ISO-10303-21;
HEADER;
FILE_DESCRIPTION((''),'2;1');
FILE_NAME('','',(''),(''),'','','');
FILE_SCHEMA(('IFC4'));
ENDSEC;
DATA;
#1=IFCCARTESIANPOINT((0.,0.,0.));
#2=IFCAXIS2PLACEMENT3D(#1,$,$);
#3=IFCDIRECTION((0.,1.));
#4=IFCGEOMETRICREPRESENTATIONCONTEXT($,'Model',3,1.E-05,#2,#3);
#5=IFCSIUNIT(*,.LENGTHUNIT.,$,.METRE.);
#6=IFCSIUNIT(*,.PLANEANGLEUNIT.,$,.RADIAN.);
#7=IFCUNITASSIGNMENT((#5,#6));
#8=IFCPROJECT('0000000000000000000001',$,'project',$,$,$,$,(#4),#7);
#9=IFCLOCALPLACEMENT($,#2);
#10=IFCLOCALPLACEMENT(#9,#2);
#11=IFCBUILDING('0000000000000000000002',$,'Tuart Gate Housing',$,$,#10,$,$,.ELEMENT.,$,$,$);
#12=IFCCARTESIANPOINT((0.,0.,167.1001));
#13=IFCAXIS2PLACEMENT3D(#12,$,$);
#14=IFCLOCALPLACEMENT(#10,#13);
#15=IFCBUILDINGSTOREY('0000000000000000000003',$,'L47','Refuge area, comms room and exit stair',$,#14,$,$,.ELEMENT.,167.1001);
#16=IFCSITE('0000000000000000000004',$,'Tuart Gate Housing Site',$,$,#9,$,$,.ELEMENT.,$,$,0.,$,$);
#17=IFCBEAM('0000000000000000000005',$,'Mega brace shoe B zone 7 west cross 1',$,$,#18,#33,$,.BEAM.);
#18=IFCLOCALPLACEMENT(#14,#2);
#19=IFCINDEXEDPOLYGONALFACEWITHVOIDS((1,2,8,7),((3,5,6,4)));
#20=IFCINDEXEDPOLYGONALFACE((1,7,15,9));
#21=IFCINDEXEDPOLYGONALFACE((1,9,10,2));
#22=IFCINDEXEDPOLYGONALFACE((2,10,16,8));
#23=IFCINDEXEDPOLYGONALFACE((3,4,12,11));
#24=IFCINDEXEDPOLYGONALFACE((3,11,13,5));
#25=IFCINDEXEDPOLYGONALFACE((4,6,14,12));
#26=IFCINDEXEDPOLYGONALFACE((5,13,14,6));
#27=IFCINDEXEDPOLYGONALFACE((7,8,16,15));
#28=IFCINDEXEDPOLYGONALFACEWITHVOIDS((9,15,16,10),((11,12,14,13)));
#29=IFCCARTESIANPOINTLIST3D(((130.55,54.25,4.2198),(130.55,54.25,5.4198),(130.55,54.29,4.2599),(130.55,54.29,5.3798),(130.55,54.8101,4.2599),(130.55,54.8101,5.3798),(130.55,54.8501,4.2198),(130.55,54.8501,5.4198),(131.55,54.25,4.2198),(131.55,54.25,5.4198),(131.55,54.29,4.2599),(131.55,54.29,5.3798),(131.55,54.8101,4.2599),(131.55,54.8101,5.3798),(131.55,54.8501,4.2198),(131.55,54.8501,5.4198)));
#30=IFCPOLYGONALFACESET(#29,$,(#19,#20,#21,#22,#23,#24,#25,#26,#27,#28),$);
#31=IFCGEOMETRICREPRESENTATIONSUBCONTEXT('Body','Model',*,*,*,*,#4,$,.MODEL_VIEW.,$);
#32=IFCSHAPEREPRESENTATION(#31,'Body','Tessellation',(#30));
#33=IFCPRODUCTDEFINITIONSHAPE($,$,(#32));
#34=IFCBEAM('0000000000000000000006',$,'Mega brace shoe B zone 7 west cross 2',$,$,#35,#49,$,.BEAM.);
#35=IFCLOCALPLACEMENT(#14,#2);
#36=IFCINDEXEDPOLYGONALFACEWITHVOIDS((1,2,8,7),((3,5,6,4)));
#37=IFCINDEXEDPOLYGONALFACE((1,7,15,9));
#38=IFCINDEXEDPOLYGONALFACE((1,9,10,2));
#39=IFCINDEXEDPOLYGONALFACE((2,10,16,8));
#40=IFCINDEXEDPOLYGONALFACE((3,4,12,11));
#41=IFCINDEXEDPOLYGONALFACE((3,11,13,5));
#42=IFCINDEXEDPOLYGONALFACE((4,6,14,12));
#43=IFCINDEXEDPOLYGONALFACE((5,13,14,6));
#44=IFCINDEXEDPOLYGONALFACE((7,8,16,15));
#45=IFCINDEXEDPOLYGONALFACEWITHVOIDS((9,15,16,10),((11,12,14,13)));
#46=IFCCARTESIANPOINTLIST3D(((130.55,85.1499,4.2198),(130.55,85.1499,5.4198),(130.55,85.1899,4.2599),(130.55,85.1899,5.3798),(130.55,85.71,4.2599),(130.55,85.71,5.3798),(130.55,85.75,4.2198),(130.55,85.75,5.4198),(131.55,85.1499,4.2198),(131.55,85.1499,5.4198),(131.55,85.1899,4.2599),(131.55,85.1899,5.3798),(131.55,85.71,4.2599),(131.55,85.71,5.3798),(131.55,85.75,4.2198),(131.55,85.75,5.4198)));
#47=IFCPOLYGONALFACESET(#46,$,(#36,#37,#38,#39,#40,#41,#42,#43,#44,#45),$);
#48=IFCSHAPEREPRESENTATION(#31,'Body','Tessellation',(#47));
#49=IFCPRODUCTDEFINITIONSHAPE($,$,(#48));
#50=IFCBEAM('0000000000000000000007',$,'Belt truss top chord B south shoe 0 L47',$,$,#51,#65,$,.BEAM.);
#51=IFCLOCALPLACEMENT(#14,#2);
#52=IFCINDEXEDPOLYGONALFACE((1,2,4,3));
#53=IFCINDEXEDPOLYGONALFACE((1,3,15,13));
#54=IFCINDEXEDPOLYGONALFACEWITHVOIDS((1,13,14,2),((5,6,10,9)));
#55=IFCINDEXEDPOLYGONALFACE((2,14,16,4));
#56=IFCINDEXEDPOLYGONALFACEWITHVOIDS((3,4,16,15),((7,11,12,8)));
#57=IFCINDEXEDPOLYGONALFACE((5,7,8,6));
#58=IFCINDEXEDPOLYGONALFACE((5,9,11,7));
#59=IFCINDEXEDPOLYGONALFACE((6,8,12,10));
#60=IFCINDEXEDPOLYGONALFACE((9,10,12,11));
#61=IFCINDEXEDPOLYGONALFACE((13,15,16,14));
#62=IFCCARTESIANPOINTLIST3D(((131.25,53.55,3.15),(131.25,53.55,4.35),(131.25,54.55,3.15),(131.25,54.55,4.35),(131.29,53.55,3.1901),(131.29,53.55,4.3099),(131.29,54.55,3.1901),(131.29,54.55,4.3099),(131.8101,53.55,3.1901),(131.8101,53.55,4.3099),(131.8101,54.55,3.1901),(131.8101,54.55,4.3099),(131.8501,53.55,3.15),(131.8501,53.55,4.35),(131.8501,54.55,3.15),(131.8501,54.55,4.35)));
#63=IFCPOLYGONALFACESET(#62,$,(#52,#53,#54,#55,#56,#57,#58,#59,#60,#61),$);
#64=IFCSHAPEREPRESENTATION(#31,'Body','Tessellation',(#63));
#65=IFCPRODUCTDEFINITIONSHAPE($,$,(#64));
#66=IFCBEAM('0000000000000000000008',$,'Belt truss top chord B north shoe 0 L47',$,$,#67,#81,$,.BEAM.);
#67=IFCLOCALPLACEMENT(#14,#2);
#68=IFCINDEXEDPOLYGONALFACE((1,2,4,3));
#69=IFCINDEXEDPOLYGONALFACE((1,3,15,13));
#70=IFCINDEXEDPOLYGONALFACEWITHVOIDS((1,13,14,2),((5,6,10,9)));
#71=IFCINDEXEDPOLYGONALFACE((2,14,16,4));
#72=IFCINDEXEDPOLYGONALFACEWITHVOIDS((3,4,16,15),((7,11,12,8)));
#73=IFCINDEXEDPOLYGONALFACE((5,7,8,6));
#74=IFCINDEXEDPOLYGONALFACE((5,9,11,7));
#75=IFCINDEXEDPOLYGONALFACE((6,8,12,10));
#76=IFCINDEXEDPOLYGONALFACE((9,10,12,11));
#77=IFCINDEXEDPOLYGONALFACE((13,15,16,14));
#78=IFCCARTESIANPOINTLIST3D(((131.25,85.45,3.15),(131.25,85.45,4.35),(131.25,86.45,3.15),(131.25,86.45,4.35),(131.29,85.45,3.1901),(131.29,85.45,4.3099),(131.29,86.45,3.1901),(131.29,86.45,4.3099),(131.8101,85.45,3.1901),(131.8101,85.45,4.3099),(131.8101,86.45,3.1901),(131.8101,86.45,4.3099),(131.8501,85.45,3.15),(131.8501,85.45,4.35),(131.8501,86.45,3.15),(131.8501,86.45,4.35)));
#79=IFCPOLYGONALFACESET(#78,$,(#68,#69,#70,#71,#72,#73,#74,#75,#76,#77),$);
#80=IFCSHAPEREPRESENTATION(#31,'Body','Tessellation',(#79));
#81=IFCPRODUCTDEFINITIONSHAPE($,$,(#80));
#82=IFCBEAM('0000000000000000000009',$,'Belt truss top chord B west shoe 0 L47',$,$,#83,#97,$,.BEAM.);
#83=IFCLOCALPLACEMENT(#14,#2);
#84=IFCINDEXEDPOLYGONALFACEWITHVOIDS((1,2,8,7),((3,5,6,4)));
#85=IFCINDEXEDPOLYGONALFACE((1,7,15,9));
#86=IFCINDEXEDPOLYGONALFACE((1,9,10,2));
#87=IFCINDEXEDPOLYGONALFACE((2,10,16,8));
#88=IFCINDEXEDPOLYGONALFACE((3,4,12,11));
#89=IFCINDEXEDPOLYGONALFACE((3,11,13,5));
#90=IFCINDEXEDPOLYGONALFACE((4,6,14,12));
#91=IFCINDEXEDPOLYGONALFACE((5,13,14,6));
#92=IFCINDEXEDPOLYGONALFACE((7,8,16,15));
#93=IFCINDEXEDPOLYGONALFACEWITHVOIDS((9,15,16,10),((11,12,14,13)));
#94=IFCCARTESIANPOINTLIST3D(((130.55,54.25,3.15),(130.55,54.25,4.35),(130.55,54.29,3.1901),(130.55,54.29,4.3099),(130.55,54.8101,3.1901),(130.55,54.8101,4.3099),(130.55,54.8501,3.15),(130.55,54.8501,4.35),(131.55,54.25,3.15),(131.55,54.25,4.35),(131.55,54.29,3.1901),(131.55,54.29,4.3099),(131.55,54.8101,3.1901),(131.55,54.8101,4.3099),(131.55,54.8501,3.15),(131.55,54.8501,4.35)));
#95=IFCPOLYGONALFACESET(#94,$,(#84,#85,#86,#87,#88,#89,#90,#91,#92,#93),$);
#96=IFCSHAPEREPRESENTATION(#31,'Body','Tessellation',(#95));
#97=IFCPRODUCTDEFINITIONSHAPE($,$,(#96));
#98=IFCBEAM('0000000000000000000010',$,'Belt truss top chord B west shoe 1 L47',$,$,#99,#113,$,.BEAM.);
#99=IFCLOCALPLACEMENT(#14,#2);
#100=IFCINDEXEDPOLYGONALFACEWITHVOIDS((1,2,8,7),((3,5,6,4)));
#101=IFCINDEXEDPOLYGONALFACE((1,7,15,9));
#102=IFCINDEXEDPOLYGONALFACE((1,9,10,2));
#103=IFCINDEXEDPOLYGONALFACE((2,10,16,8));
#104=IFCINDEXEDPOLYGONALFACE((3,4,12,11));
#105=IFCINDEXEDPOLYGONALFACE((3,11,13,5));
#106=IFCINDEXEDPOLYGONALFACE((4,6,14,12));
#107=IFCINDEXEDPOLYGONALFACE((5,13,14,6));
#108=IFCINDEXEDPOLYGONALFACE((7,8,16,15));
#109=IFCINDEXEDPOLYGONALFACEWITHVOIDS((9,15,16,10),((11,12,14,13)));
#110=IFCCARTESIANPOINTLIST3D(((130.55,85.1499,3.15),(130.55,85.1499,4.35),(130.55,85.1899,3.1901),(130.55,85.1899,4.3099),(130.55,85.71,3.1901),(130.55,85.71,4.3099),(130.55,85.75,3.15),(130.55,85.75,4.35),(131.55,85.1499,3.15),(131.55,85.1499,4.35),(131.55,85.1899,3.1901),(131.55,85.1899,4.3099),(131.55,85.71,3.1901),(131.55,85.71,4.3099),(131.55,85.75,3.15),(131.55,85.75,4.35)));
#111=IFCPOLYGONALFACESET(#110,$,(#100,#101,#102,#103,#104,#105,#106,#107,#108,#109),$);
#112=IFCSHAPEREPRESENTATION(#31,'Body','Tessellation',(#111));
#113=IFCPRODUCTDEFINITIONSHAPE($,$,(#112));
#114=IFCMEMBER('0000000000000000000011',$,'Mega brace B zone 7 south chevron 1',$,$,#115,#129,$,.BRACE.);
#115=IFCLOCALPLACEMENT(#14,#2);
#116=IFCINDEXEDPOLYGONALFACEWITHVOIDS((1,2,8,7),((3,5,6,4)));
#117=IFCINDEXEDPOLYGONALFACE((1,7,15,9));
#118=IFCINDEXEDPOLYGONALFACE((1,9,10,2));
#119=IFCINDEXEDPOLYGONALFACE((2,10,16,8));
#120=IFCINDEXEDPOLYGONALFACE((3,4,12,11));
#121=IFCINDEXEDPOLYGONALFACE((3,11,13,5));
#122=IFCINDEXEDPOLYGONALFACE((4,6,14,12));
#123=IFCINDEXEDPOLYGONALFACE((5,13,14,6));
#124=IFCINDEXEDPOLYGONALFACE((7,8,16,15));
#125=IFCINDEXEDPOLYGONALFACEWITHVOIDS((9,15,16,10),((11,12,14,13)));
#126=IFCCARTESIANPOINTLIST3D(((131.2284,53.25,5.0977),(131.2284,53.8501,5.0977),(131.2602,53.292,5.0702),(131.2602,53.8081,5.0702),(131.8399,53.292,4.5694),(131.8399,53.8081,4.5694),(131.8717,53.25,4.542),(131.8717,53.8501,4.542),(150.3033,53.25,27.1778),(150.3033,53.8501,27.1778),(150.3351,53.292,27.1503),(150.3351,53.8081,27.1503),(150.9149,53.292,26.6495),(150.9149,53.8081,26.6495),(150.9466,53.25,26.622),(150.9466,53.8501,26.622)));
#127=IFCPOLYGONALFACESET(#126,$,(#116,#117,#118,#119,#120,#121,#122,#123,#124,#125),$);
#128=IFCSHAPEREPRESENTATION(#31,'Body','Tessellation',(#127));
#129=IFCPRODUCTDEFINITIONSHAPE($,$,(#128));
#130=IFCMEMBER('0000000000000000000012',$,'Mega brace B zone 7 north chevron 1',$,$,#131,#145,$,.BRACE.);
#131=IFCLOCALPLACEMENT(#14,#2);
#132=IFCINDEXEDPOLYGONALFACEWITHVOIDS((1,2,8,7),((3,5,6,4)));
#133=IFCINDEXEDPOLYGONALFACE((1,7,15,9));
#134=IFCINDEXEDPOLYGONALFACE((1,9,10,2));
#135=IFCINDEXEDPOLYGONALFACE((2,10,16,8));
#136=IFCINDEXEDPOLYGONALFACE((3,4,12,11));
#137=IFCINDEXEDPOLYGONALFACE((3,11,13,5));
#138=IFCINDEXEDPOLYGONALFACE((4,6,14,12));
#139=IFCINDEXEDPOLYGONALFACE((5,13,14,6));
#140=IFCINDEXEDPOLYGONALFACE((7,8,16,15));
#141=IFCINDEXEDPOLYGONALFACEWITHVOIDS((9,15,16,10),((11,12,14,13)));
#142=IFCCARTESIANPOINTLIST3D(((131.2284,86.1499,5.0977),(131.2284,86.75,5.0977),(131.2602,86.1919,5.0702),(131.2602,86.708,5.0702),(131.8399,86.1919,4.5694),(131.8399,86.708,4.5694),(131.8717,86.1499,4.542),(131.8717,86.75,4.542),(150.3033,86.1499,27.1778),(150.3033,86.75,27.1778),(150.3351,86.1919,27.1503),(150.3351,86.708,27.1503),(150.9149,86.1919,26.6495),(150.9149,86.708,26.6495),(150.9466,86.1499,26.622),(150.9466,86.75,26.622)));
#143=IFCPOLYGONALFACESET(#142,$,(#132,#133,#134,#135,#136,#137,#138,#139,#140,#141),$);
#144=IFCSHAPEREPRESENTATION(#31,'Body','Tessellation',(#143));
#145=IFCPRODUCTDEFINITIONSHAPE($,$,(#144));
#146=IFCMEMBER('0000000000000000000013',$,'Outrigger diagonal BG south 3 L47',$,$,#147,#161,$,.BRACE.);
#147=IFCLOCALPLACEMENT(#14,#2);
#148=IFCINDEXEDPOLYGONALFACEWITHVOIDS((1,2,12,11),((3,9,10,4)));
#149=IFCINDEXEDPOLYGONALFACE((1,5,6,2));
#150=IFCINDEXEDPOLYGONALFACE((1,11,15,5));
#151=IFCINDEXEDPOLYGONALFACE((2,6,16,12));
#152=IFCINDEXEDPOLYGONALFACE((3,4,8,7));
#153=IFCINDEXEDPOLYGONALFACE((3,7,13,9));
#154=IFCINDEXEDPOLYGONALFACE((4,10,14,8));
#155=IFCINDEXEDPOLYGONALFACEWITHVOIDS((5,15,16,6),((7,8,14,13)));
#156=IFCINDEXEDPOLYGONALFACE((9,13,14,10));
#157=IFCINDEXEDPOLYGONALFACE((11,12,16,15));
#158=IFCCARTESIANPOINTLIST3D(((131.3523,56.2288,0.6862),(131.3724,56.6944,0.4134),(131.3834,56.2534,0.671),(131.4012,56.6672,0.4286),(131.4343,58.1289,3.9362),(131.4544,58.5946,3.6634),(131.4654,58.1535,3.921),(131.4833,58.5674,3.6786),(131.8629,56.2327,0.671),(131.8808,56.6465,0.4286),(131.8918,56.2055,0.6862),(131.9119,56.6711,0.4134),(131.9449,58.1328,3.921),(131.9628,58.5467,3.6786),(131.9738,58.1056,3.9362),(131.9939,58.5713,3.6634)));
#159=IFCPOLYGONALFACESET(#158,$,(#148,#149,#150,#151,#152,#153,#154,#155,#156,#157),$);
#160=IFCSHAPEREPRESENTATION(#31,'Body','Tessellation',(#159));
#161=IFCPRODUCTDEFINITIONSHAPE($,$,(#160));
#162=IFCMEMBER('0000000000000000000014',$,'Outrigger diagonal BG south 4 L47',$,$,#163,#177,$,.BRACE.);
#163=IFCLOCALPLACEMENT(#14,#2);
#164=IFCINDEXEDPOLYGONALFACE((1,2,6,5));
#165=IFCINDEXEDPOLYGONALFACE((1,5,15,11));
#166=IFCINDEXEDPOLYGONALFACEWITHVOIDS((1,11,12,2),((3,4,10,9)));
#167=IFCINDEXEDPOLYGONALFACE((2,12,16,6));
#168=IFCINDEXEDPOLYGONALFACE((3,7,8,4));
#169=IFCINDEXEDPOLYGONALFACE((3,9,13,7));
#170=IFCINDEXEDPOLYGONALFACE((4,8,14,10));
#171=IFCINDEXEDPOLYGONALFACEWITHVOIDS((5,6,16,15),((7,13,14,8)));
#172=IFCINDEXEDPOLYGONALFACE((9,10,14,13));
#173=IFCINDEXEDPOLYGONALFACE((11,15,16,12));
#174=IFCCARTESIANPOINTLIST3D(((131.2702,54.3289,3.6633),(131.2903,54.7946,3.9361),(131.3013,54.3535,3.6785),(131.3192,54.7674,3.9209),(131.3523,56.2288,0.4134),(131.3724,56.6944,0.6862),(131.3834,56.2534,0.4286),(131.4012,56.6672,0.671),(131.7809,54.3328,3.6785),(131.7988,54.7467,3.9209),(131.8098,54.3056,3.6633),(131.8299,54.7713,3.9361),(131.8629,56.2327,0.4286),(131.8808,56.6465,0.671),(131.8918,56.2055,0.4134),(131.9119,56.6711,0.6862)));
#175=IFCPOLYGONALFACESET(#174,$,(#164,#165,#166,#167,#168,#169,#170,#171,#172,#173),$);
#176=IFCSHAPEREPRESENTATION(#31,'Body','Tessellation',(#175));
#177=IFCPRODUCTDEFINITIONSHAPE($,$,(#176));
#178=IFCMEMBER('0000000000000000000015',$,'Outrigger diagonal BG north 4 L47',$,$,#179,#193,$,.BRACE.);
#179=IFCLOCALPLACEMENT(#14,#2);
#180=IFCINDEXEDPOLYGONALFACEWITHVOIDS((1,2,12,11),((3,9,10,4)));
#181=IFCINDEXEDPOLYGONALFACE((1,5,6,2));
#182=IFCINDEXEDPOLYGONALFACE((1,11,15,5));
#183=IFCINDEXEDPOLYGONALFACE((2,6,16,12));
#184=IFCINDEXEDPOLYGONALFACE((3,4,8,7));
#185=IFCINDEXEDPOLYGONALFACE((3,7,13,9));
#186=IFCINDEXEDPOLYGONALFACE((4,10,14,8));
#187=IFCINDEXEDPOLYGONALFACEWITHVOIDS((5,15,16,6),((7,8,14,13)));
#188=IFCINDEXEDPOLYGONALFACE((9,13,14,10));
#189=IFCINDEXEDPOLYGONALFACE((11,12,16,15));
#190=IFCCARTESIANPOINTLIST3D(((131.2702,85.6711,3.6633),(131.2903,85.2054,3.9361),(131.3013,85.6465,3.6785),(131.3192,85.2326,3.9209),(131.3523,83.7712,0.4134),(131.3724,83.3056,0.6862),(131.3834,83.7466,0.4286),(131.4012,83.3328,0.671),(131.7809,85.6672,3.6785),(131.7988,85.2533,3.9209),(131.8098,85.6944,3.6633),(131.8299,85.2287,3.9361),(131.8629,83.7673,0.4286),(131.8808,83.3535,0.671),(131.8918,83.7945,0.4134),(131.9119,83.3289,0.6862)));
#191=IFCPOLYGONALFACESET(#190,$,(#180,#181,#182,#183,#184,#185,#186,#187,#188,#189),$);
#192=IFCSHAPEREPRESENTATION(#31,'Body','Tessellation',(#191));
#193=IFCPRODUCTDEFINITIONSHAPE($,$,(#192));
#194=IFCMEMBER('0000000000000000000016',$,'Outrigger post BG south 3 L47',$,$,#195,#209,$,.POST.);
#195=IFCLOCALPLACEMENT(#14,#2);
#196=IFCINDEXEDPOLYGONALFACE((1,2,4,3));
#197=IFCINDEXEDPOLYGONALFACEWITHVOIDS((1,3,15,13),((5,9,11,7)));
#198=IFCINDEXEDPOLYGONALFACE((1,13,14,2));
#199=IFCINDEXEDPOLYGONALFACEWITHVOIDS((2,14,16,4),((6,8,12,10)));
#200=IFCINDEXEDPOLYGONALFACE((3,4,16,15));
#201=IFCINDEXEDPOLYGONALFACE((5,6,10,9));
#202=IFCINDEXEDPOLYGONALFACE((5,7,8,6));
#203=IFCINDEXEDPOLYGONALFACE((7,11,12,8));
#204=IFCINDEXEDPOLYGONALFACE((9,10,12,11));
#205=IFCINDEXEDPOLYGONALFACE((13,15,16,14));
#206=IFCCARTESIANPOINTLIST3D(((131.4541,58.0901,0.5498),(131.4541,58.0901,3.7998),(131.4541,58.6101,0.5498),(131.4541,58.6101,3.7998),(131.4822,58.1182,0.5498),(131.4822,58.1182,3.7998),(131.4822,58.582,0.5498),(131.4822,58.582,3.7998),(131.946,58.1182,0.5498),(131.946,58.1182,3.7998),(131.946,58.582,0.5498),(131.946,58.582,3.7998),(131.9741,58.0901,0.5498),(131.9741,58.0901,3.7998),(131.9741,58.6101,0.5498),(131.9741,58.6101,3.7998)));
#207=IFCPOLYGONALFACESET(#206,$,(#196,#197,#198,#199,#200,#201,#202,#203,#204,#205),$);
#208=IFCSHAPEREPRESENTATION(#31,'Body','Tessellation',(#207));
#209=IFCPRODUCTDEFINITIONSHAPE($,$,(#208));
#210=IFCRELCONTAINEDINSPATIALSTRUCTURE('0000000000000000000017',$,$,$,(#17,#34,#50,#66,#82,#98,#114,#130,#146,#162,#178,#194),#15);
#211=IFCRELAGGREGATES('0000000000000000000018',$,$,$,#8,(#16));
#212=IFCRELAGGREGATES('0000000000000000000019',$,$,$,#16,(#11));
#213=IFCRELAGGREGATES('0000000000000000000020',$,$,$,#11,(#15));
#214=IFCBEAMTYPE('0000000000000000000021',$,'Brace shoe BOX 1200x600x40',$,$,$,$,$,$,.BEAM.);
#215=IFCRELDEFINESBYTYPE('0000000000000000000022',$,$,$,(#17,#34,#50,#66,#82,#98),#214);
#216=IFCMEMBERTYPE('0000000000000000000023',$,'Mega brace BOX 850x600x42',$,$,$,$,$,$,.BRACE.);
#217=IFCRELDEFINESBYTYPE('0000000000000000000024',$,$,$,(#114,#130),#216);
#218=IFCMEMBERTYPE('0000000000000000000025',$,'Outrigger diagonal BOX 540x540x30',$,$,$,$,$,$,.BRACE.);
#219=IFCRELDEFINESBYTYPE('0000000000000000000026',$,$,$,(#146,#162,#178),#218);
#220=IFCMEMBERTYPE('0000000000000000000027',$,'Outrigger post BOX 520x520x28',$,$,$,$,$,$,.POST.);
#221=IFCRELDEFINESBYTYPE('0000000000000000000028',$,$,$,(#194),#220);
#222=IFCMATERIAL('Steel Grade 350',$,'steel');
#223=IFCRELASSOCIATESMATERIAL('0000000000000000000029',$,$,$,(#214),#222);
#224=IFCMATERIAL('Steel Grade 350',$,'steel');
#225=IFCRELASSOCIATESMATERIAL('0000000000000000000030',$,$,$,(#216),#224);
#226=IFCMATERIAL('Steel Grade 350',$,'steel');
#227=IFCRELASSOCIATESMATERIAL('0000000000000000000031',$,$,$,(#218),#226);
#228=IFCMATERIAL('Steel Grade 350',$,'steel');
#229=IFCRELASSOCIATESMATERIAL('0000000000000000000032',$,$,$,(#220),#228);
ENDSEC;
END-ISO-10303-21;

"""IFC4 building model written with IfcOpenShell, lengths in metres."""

from ifc_helpers import new_model, si_unit, direction, frame, origin, origin_2d, place, context, subcontext, project, spatial, hollow_rectangle, extrude, material, material_profile, profile_set, type_object, element, save


model = new_model("IFC4")

# Units and contexts
model_context = context("Model", 3, precision=1e-05, world=origin(), true_north=direction((0.0, 1.0)))
body_context = subcontext(model_context, "Body", "Model", "MODEL_VIEW")
ifc_project = project(units=[si_unit("LENGTHUNIT", "METRE"), si_unit("PLANEANGLEUNIT", "RADIAN")], contexts=[model_context])

# Site, building, storey
site_placement = place(None, origin())
site = spatial("IfcSite", under=ifc_project, at=site_placement, Name="Tuart Gate Housing Site", CompositionType="ELEMENT", RefElevation=0.0)
building_placement = place(site_placement, origin())
building = spatial("IfcBuilding", under=site, at=building_placement, Name="Tuart Gate Housing", CompositionType="ELEMENT")
storey_placement = place(building_placement, frame((0.0, 0.0, 167.1001)))
storey = spatial("IfcBuildingStorey", under=building, at=storey_placement, Name="L47", Description="Refuge area, comms room and exit stair", CompositionType="ELEMENT", Elevation=167.1001)

# Beams
ifc_material_1 = material(Name="Steel Grade 350", Category="steel")
ifc_material_profile_1 = material_profile(ifc_material_1, hollow_rectangle(XDim=0.6001, YDim=1.2, WallThickness=0.04, at=origin_2d()), Name="BOX 1200x600x40")
ifc_profile_set_1 = profile_set([ifc_material_profile_1], Name="Steel Grade 350")
beam_type_1 = type_object("IfcBeamType", Name="Brace shoe BOX 1200x600x40", PredefinedType="BEAM", material=ifc_profile_set_1)
for number, where, z_axis, x_axis, name in (
    (1, (131.55, 54.55, 4.8198), (-1.0, 0.0, 0.0), (0.0, -1.0, 0.0), "Mega brace shoe B zone 7 west cross 1"),
    (2, (131.55, 85.45, 4.8198), (-1.0, 0.0, 0.0), (0.0, -1.0, 0.0), "Mega brace shoe B zone 7 west cross 2"),
    (3, (131.55, 54.55, 3.75), (0.0, -1.0, 0.0), (1.0, 0.0, 0.0), "Belt truss top chord B south shoe 0 L47"),
    (4, (131.55, 85.45, 3.75), (0.0, 1.0, 0.0), (-1.0, 0.0, 0.0), "Belt truss top chord B north shoe 0 L47"),
    (5, (131.55, 54.55, 3.75), (-1.0, 0.0, 0.0), (0.0, -1.0, 0.0), "Belt truss top chord B west shoe 0 L47"),
    (6, (131.55, 85.45, 3.75), (-1.0, 0.0, 0.0), (0.0, -1.0, 0.0), "Belt truss top chord B west shoe 1 L47"),
):
    element("IfcBeam", number, at=place(storey_placement, frame(where, z_axis=z_axis, x_axis=x_axis)), inside=storey, type_object=beam_type_1, Name=name, PredefinedType="BEAM", context=body_context, shape_type="SweptSolid", body=[
        extrude(hollow_rectangle(XDim=0.6001, YDim=1.2, WallThickness=0.04, at=origin_2d()), origin(), (0.0, 0.0, 1.0), 1.0),
    ])

# Members
ifc_material_2 = material(Name="Steel Grade 350", Category="steel")
ifc_material_profile_2 = material_profile(ifc_material_2, hollow_rectangle(XDim=0.6001, YDim=0.8501, WallThickness=0.042, at=origin_2d()), Name="BOX 850x600x42")
ifc_profile_set_2 = profile_set([ifc_material_profile_2], Name="Steel Grade 350")
member_type_1 = type_object("IfcMemberType", Name="Mega brace BOX 850x600x42", PredefinedType="BRACE", material=ifc_profile_set_2)
for number, where, z_axis, x_axis, name in (
    (7, (131.55, 53.55, 4.8198), (0.653734, 0.0, 0.756725), (0.0, 1.0, 0.0), "Mega brace B zone 7 south chevron 1"),
    (8, (131.55, 86.45, 4.8198), (0.653734, 0.0, 0.756725), (0.0, 1.0, 0.0), "Mega brace B zone 7 north chevron 1"),
):
    element("IfcMember", number, at=place(storey_placement, frame(where, z_axis=z_axis, x_axis=x_axis)), inside=storey, type_object=member_type_1, Name=name, PredefinedType="BRACE", context=body_context, shape_type="SweptSolid", body=[
        extrude(hollow_rectangle(XDim=0.6001, YDim=0.8501, WallThickness=0.042, at=origin_2d()), origin(), (0.0, 0.0, 1.0), 29.1785),
    ])
ifc_material_3 = material(Name="Steel Grade 350", Category="steel")
ifc_material_profile_3 = material_profile(ifc_material_3, hollow_rectangle(XDim=0.54, YDim=0.54, WallThickness=0.03, at=origin_2d()), Name="BOX 540x540x30")
ifc_profile_set_3 = profile_set([ifc_material_profile_3], Name="Steel Grade 350")
member_type_2 = type_object("IfcMemberType", Name="Outrigger diagonal BOX 540x540x30", PredefinedType="BRACE", material=ifc_profile_set_3)
member_placement = place(storey_placement, frame((131.7141, 58.3501, 3.7998), z_axis=(-0.021784, -0.504606, -0.863075), x_axis=(0.999069, -0.043131, 0.0)))
element("IfcMember", 9, at=member_placement, inside=storey, type_object=member_type_2, Name="Outrigger diagonal BG south 3 L47", PredefinedType="BRACE", context=body_context, shape_type="SweptSolid", body=[
    extrude(hollow_rectangle(XDim=0.54, YDim=0.54, WallThickness=0.03, at=origin_2d()), origin(), (0.0, 0.0, 1.0), 3.7656),
])
for number, where, z_axis, x_axis, name in (
    (10, (131.6321, 56.45, 0.5498), (-0.021785, -0.504557, 0.863103), (0.999069, -0.043136, 0.0), "Outrigger diagonal BG south 4 L47"),
    (11, (131.6321, 83.55, 0.5498), (-0.021785, 0.504557, 0.863103), (-0.999069, -0.043136, 0.0), "Outrigger diagonal BG north 4 L47"),
):
    element("IfcMember", number, at=place(storey_placement, frame(where, z_axis=z_axis, x_axis=x_axis)), inside=storey, type_object=member_type_2, Name=name, PredefinedType="BRACE", context=body_context, shape_type="SweptSolid", body=[
        extrude(hollow_rectangle(XDim=0.54, YDim=0.54, WallThickness=0.03, at=origin_2d()), origin(), (0.0, 0.0, 1.0), 3.7654),
    ])
ifc_material_4 = material(Name="Steel Grade 350", Category="steel")
ifc_material_profile_4 = material_profile(ifc_material_4, hollow_rectangle(XDim=0.52, YDim=0.52, WallThickness=0.0281, at=origin_2d()), Name="BOX 520x520x28")
ifc_profile_set_4 = profile_set([ifc_material_profile_4], Name="Steel Grade 350")
member_type_3 = type_object("IfcMemberType", Name="Outrigger post BOX 520x520x28", PredefinedType="POST", material=ifc_profile_set_4)
for number, where, z_axis, x_axis, name in (
    (12, (131.7141, 58.3501, 0.5498), (0.0, 0.0, 1.0), (1.0, 0.0, 0.0), "Outrigger post BG south 3 L47"),
):
    element("IfcMember", number, at=place(storey_placement, frame(where, z_axis=z_axis, x_axis=x_axis)), inside=storey, type_object=member_type_3, Name=name, PredefinedType="POST", context=body_context, shape_type="SweptSolid", body=[
        extrude(hollow_rectangle(XDim=0.52, YDim=0.52, WallThickness=0.0281, at=origin_2d()), origin(), (0.0, 0.0, 1.0), 3.25),
    ])

save(model, "model.ifc")
